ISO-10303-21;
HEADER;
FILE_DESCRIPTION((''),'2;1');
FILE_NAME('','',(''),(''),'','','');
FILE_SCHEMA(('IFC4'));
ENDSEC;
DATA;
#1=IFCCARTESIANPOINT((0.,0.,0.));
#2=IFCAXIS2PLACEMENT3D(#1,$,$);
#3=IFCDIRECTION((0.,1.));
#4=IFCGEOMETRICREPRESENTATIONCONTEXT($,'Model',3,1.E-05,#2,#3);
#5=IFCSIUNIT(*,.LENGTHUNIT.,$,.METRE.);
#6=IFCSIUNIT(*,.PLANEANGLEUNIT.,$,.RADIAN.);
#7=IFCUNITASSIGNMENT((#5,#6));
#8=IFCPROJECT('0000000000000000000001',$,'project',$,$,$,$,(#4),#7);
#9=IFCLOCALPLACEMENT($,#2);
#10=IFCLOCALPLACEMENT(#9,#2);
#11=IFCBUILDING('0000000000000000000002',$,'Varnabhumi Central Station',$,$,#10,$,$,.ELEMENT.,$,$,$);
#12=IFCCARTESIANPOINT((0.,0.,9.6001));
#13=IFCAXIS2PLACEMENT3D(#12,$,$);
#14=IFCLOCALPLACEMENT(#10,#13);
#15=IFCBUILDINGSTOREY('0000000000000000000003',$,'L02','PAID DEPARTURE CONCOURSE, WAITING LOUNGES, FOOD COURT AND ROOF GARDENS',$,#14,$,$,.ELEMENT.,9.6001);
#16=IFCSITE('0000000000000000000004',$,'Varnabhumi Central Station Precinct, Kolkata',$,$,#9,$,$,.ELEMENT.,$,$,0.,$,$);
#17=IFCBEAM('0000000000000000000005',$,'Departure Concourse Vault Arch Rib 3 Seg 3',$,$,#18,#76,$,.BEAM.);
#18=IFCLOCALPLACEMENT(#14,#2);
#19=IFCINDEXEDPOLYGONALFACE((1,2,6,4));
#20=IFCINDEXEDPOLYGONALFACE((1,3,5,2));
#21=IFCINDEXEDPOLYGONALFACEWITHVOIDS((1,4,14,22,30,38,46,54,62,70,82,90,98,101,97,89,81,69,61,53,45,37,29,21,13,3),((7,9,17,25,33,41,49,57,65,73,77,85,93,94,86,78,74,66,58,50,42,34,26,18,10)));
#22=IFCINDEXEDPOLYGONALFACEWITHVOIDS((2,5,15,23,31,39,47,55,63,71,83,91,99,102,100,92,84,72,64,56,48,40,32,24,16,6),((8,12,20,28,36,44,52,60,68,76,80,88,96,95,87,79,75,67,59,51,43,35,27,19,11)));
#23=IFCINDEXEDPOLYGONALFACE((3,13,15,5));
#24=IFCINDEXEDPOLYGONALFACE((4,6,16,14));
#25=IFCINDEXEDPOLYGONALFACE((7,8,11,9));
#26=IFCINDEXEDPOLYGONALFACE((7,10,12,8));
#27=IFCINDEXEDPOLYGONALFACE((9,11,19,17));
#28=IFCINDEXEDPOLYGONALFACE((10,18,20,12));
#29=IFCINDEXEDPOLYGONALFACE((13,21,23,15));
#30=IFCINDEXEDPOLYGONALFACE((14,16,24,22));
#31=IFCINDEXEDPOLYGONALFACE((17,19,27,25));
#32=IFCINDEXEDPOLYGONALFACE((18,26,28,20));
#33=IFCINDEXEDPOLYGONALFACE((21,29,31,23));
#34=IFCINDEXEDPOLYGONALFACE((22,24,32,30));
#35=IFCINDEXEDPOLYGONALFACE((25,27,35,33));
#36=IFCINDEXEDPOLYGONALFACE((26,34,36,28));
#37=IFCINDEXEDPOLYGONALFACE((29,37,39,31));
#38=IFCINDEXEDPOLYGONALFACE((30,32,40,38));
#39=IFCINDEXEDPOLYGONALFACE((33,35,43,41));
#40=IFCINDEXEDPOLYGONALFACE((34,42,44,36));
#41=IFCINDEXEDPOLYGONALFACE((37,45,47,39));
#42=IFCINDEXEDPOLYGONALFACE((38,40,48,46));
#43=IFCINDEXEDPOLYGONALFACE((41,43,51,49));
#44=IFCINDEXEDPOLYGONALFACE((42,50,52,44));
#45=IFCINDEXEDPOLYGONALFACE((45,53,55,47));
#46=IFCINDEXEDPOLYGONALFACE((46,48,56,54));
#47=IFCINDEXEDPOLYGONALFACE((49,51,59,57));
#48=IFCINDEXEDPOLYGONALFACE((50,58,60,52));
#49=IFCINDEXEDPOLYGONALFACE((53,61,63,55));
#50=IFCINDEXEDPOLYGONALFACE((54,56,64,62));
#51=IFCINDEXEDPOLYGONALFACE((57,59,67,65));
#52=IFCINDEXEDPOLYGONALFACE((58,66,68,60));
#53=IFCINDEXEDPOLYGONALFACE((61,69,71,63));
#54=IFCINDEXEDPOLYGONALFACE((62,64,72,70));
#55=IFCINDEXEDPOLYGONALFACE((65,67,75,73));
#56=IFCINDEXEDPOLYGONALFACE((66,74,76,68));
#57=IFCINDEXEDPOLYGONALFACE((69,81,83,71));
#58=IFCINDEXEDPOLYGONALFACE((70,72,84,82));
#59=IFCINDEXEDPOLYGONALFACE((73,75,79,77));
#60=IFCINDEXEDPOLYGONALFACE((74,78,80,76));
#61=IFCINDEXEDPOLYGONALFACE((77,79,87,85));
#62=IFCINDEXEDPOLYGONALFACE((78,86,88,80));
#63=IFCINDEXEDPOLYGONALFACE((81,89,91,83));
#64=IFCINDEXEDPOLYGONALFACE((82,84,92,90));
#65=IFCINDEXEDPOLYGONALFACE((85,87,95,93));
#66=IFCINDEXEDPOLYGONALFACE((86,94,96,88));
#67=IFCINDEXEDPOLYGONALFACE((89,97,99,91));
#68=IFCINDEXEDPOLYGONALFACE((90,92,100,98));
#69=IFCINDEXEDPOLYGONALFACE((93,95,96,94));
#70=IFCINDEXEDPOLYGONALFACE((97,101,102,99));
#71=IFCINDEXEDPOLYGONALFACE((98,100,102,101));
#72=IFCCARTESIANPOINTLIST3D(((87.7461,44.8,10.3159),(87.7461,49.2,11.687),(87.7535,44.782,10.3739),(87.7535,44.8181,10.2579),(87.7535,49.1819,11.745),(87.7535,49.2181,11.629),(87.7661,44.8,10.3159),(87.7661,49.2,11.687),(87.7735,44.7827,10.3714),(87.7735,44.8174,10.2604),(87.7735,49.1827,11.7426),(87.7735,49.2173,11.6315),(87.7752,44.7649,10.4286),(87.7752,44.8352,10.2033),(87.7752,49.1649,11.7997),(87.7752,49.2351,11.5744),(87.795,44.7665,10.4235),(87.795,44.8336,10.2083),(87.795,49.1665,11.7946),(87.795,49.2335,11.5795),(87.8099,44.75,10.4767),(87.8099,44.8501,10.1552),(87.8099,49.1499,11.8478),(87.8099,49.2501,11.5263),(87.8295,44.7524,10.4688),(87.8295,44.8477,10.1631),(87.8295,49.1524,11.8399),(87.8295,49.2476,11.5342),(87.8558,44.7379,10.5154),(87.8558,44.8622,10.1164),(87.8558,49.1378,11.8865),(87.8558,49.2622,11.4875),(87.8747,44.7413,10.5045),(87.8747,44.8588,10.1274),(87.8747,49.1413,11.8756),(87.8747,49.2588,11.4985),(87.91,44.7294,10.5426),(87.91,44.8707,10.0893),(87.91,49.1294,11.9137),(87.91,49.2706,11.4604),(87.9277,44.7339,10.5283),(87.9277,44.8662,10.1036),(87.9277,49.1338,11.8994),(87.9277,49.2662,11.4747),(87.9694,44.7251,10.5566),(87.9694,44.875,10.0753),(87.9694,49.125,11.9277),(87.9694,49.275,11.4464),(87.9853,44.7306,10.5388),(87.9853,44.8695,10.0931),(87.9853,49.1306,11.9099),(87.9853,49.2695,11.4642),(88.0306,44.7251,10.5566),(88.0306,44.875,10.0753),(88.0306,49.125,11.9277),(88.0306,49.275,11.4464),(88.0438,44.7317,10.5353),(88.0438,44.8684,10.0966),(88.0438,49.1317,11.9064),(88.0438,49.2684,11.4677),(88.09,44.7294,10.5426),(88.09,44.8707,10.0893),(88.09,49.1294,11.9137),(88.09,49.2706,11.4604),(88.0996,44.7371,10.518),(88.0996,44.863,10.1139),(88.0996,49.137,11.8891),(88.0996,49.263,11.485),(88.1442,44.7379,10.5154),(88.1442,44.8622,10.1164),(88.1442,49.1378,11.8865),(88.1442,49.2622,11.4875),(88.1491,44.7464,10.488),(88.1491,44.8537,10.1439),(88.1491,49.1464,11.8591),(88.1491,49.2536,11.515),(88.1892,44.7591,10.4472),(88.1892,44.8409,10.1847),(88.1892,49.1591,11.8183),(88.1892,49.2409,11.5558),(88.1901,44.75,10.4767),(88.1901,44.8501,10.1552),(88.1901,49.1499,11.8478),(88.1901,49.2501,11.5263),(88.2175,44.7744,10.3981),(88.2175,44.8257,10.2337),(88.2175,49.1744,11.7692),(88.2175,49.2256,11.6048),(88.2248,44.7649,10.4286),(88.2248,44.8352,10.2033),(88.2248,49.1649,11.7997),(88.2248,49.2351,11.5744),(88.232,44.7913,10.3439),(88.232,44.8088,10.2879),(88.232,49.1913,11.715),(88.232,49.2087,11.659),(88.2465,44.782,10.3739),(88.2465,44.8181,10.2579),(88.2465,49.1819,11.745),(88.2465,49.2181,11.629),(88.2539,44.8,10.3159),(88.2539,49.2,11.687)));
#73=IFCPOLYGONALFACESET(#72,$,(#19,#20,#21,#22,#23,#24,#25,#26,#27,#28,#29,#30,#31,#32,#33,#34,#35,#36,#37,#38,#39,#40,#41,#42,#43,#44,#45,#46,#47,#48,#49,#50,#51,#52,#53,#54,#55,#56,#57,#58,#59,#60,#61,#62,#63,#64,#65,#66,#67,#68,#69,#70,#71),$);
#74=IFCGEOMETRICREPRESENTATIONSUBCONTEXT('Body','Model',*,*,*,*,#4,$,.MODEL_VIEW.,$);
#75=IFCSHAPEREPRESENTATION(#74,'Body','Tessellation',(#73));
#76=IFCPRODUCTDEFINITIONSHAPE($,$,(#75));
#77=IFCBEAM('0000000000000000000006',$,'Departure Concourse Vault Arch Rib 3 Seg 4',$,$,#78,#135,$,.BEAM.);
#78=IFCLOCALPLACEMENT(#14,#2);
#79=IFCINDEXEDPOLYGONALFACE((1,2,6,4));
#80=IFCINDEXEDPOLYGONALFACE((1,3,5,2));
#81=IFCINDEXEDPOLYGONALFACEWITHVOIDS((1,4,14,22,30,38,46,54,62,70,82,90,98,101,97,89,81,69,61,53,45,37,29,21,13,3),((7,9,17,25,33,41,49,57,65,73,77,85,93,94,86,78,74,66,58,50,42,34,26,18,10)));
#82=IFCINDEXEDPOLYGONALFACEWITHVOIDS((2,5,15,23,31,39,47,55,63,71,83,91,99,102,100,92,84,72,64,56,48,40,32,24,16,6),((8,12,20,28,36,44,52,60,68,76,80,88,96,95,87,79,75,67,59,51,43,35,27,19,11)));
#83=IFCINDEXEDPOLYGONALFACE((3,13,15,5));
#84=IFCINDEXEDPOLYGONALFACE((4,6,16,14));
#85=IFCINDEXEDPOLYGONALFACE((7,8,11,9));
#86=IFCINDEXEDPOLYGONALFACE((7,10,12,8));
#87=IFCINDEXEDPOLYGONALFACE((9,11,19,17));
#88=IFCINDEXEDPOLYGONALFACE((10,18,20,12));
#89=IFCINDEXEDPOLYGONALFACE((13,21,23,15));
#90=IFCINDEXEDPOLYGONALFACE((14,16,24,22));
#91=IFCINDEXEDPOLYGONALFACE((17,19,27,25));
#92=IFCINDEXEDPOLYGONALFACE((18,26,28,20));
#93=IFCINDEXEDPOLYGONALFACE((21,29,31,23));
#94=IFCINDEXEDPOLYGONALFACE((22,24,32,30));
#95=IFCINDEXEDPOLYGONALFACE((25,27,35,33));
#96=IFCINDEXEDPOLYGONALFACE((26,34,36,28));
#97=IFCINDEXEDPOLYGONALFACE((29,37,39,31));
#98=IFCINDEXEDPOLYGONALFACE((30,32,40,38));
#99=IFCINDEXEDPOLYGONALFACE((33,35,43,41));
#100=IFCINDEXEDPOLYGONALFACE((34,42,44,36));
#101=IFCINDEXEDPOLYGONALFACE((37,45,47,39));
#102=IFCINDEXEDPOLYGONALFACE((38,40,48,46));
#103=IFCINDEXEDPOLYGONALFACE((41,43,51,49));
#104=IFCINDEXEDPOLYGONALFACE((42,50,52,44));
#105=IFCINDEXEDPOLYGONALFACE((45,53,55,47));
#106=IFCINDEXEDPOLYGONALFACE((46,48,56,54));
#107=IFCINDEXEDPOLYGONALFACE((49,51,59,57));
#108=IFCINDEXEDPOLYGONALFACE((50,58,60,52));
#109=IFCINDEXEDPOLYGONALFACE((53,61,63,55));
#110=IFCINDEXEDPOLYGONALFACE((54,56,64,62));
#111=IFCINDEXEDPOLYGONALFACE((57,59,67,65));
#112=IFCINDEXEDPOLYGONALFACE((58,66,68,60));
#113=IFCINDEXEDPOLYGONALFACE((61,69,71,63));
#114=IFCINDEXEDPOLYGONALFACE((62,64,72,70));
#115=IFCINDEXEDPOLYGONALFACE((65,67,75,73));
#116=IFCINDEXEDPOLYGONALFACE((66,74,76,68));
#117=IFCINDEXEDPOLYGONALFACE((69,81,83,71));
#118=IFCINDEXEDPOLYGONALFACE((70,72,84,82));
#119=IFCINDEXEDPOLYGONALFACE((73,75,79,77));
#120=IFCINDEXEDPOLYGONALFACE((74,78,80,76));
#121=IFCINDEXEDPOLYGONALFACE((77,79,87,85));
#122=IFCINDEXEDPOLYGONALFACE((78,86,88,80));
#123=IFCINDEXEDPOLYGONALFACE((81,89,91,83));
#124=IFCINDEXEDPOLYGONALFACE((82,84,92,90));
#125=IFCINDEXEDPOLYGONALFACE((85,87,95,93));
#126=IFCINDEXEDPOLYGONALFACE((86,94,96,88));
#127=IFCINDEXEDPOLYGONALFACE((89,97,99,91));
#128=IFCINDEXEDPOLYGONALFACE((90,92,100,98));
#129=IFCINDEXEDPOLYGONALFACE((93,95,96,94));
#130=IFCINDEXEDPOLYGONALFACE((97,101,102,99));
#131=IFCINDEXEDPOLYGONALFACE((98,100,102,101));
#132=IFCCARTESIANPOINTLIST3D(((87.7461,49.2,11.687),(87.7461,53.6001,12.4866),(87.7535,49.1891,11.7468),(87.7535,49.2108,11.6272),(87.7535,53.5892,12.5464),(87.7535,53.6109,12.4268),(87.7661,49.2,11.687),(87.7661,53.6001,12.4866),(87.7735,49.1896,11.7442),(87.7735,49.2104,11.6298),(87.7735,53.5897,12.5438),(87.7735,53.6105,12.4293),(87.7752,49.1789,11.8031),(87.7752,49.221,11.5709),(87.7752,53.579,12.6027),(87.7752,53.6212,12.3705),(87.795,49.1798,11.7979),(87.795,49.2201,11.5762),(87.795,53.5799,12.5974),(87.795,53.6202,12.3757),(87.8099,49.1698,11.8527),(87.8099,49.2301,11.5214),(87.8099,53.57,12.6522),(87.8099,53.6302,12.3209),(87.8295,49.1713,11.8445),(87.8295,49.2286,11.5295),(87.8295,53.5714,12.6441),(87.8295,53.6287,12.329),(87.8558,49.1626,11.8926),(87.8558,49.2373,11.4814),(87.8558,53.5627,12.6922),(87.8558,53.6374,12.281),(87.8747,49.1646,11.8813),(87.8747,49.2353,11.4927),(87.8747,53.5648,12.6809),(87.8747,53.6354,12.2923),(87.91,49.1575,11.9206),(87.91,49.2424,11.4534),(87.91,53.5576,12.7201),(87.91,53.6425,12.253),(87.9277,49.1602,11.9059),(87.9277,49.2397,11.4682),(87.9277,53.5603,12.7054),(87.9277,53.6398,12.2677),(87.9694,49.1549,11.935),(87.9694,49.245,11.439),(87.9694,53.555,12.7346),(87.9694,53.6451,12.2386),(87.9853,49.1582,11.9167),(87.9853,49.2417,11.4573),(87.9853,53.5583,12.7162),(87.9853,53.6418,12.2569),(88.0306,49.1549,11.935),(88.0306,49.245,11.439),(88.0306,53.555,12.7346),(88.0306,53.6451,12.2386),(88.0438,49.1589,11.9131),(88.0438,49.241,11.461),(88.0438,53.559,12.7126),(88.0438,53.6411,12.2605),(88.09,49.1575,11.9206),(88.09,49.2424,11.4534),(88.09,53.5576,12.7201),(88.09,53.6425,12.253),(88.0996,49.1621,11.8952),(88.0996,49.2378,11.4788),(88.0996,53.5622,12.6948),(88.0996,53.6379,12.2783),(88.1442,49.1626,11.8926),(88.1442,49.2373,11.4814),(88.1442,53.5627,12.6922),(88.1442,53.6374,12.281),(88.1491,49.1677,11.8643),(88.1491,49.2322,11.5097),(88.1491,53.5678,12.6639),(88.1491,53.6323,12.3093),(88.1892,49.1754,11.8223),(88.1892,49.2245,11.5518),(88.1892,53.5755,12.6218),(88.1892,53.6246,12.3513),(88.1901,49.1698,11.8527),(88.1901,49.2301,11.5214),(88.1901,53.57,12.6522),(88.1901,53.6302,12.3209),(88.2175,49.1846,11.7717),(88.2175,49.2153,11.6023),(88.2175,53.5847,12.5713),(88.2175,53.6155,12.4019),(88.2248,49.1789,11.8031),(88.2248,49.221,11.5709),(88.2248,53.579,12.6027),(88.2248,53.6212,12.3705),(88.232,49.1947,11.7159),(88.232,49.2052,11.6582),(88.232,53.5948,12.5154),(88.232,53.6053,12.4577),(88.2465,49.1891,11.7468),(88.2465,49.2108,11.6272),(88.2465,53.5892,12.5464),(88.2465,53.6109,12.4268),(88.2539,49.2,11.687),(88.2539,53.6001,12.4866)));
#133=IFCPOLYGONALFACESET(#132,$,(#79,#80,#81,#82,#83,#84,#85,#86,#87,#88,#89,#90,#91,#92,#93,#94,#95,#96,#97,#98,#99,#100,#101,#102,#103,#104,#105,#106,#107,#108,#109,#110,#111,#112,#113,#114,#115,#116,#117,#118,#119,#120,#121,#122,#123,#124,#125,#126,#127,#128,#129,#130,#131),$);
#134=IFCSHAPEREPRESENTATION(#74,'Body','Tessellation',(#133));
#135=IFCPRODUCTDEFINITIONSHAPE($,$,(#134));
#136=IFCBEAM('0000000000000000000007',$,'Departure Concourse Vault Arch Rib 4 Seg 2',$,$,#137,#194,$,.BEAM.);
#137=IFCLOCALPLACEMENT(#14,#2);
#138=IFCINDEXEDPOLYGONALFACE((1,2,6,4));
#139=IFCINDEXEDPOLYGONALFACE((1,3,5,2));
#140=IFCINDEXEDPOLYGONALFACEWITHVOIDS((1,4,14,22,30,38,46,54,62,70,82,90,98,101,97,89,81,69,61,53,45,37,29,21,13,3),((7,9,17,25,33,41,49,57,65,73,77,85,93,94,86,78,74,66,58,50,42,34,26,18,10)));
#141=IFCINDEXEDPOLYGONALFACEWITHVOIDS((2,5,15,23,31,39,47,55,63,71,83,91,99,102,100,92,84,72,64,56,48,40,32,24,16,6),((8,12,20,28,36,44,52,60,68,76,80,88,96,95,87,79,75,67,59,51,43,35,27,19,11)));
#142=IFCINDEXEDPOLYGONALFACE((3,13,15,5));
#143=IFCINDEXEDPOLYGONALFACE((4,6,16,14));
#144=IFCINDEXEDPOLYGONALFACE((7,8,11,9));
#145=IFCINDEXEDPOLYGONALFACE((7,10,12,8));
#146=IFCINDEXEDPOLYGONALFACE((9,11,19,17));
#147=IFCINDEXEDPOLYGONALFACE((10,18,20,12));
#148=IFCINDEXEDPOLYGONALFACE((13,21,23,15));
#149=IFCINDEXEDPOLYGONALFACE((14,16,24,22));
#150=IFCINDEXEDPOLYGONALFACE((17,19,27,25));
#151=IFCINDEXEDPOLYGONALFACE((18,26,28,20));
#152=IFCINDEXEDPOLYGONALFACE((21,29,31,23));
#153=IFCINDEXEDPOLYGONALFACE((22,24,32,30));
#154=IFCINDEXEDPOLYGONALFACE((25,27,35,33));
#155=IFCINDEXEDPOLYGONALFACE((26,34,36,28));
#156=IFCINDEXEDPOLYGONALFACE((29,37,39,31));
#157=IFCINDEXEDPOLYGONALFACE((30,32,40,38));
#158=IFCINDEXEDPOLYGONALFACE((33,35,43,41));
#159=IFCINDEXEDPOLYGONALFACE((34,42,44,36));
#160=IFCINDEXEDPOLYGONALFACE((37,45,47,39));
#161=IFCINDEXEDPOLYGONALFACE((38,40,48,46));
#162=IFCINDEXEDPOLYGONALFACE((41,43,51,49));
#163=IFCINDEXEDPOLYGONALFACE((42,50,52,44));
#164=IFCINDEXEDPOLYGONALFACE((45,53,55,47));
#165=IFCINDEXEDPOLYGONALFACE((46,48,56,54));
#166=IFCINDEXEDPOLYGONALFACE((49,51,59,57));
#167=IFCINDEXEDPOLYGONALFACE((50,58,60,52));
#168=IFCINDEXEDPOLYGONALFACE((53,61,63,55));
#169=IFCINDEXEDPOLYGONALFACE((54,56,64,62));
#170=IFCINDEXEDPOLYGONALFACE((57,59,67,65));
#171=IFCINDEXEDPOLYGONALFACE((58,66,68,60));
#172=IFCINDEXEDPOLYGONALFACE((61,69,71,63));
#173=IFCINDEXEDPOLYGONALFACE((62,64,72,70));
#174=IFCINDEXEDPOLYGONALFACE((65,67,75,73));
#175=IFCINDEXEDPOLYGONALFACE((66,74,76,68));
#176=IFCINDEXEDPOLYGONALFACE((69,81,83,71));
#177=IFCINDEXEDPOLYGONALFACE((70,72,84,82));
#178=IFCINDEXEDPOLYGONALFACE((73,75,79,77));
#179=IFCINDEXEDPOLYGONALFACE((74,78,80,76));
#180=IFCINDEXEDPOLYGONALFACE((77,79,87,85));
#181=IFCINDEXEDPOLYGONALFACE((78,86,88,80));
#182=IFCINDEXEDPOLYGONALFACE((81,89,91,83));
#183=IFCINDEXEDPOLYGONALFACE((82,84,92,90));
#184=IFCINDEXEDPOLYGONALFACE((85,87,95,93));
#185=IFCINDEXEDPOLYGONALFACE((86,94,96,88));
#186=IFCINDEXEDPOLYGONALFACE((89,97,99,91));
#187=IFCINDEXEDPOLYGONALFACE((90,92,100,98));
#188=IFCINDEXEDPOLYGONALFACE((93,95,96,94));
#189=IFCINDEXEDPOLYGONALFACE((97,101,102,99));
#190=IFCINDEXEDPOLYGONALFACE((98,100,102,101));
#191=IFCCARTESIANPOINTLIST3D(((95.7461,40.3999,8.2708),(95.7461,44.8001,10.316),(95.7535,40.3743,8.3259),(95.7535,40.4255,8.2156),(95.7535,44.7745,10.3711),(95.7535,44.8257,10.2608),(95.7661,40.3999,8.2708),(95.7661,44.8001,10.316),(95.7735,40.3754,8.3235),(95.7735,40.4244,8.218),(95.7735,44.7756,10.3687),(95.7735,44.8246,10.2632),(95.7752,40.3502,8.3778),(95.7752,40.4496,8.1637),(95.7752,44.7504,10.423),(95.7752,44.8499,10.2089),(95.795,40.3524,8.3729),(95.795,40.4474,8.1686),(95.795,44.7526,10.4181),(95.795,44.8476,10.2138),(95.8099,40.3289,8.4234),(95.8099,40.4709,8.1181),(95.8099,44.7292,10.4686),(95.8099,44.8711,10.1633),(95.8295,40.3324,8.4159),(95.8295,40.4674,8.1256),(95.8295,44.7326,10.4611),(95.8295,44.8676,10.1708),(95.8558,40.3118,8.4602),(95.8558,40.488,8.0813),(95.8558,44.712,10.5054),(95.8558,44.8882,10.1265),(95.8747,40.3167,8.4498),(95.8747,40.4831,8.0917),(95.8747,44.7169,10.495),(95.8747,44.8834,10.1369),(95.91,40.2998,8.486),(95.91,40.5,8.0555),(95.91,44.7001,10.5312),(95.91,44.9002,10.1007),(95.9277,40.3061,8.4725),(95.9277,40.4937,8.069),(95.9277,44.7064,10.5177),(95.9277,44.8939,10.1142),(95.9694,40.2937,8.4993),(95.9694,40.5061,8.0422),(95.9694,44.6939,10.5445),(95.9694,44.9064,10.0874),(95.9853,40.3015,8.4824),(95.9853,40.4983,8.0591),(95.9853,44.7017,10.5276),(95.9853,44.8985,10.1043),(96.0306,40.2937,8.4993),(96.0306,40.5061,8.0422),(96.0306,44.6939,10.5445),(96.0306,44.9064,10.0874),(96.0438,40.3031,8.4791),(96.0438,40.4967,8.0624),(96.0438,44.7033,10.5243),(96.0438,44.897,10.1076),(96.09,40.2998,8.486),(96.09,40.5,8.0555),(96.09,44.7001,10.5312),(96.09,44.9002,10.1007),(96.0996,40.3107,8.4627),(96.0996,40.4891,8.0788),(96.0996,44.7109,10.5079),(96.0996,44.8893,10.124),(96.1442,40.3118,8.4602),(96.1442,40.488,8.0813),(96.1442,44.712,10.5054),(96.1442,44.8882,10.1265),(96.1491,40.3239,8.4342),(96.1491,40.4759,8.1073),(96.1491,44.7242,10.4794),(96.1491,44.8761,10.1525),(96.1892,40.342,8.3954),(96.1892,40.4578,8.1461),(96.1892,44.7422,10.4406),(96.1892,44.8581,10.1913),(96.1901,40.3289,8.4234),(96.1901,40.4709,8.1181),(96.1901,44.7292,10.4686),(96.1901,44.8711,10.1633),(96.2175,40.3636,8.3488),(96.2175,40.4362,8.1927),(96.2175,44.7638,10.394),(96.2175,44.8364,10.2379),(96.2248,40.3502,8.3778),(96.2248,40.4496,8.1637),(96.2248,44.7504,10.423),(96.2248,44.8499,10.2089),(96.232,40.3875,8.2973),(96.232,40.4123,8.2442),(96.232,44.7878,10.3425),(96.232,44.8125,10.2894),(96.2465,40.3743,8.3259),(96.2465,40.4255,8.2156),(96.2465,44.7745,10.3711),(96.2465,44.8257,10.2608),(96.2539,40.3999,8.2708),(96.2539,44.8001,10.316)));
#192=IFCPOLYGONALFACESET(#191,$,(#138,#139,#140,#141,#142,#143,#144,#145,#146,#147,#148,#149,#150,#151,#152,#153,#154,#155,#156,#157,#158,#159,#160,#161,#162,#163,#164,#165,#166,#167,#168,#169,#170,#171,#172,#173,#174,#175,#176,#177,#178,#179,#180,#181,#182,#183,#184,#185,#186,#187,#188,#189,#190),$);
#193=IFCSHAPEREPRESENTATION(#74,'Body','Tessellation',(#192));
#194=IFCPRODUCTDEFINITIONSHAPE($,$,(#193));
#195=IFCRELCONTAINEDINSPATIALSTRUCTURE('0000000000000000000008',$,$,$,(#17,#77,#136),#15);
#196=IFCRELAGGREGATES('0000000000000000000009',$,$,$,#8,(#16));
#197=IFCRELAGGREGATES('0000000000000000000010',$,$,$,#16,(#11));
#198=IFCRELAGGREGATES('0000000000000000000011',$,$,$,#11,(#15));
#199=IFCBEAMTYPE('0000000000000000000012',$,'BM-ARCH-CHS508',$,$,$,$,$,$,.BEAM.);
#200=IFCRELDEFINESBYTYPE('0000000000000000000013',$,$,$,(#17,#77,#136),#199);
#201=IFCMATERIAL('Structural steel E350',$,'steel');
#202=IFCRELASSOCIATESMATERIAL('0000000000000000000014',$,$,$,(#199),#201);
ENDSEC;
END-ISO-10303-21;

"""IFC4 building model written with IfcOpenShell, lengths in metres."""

from ifc_helpers import new_model, si_unit, direction, frame, origin, origin_2d, place, context, subcontext, project, spatial, hollow_circle, extrude, material, material_profile, profile_set, type_object, element, save


model = new_model("IFC4")

# Units and contexts
model_context = context("Model", 3, precision=1e-05, world=origin(), true_north=direction((0.0, 1.0)))
body_context = subcontext(model_context, "Body", "Model", "MODEL_VIEW")
ifc_project = project(units=[si_unit("LENGTHUNIT", "METRE"), si_unit("PLANEANGLEUNIT", "RADIAN")], contexts=[model_context])

# Site, building, storey
site_placement = place(None, origin())
site = spatial("IfcSite", under=ifc_project, at=site_placement, Name="Varnabhumi Central Station Precinct, Kolkata", CompositionType="ELEMENT", RefElevation=0.0)
building_placement = place(site_placement, origin())
building = spatial("IfcBuilding", under=site, at=building_placement, Name="Varnabhumi Central Station", CompositionType="ELEMENT")
storey_placement = place(building_placement, frame((0.0, 0.0, 9.6001)))
storey = spatial("IfcBuildingStorey", under=building, at=storey_placement, Name="L02", Description="PAID DEPARTURE CONCOURSE, WAITING LOUNGES, FOOD COURT AND ROOF GARDENS", CompositionType="ELEMENT", Elevation=9.6001)

# Beams
ifc_material_1 = material(Name="Structural steel E350", Category="steel")
ifc_material_profile_1 = material_profile(ifc_material_1, hollow_circle(Radius=0.2539, WallThickness=0.02, at=origin_2d()), Name="Structural steel E350", Category="steel")
ifc_profile_set_1 = profile_set([ifc_material_profile_1], Name="Structural steel E350")
beam_type_1 = type_object("IfcBeamType", Name="BM-ARCH-CHS508", PredefinedType="BEAM", material=ifc_profile_set_1)
beam_1_placement = place(storey_placement, frame((88.0, 44.8, 10.3159), z_axis=(0.0, 0.954719, 0.297509), x_axis=(-1.0, 0.0, 0.0)))
element("IfcBeam", 1, at=beam_1_placement, inside=storey, type_object=beam_type_1, Name="Departure Concourse Vault Arch Rib 3 Seg 3", PredefinedType="BEAM", context=body_context, shape_type="SweptSolid", body=[
    extrude(hollow_circle(Radius=0.2539, WallThickness=0.02, at=origin_2d()), origin(), (0.0, 0.0, 1.0), 4.6086),
])
beam_2_placement = place(storey_placement, frame((88.0, 49.2, 11.687), z_axis=(0.0, 0.983888, 0.178785), x_axis=(-1.0, 0.0, 0.0)))
element("IfcBeam", 2, at=beam_2_placement, inside=storey, type_object=beam_type_1, Name="Departure Concourse Vault Arch Rib 3 Seg 4", PredefinedType="BEAM", context=body_context, shape_type="SweptSolid", body=[
    extrude(hollow_circle(Radius=0.2539, WallThickness=0.02, at=origin_2d()), origin(), (0.0, 0.0, 1.0), 4.4722),
])
beam_3_placement = place(storey_placement, frame((96.0, 40.3999, 8.2708), z_axis=(0.0, 0.906832, 0.421491), x_axis=(-1.0, 0.0, 0.0)))
element("IfcBeam", 3, at=beam_3_placement, inside=storey, type_object=beam_type_1, Name="Departure Concourse Vault Arch Rib 4 Seg 2", PredefinedType="BEAM", context=body_context, shape_type="SweptSolid", body=[
    extrude(hollow_circle(Radius=0.2539, WallThickness=0.02, at=origin_2d()), origin(), (0.0, 0.0, 1.0), 4.8523),
])

save(model, "model.ifc")
